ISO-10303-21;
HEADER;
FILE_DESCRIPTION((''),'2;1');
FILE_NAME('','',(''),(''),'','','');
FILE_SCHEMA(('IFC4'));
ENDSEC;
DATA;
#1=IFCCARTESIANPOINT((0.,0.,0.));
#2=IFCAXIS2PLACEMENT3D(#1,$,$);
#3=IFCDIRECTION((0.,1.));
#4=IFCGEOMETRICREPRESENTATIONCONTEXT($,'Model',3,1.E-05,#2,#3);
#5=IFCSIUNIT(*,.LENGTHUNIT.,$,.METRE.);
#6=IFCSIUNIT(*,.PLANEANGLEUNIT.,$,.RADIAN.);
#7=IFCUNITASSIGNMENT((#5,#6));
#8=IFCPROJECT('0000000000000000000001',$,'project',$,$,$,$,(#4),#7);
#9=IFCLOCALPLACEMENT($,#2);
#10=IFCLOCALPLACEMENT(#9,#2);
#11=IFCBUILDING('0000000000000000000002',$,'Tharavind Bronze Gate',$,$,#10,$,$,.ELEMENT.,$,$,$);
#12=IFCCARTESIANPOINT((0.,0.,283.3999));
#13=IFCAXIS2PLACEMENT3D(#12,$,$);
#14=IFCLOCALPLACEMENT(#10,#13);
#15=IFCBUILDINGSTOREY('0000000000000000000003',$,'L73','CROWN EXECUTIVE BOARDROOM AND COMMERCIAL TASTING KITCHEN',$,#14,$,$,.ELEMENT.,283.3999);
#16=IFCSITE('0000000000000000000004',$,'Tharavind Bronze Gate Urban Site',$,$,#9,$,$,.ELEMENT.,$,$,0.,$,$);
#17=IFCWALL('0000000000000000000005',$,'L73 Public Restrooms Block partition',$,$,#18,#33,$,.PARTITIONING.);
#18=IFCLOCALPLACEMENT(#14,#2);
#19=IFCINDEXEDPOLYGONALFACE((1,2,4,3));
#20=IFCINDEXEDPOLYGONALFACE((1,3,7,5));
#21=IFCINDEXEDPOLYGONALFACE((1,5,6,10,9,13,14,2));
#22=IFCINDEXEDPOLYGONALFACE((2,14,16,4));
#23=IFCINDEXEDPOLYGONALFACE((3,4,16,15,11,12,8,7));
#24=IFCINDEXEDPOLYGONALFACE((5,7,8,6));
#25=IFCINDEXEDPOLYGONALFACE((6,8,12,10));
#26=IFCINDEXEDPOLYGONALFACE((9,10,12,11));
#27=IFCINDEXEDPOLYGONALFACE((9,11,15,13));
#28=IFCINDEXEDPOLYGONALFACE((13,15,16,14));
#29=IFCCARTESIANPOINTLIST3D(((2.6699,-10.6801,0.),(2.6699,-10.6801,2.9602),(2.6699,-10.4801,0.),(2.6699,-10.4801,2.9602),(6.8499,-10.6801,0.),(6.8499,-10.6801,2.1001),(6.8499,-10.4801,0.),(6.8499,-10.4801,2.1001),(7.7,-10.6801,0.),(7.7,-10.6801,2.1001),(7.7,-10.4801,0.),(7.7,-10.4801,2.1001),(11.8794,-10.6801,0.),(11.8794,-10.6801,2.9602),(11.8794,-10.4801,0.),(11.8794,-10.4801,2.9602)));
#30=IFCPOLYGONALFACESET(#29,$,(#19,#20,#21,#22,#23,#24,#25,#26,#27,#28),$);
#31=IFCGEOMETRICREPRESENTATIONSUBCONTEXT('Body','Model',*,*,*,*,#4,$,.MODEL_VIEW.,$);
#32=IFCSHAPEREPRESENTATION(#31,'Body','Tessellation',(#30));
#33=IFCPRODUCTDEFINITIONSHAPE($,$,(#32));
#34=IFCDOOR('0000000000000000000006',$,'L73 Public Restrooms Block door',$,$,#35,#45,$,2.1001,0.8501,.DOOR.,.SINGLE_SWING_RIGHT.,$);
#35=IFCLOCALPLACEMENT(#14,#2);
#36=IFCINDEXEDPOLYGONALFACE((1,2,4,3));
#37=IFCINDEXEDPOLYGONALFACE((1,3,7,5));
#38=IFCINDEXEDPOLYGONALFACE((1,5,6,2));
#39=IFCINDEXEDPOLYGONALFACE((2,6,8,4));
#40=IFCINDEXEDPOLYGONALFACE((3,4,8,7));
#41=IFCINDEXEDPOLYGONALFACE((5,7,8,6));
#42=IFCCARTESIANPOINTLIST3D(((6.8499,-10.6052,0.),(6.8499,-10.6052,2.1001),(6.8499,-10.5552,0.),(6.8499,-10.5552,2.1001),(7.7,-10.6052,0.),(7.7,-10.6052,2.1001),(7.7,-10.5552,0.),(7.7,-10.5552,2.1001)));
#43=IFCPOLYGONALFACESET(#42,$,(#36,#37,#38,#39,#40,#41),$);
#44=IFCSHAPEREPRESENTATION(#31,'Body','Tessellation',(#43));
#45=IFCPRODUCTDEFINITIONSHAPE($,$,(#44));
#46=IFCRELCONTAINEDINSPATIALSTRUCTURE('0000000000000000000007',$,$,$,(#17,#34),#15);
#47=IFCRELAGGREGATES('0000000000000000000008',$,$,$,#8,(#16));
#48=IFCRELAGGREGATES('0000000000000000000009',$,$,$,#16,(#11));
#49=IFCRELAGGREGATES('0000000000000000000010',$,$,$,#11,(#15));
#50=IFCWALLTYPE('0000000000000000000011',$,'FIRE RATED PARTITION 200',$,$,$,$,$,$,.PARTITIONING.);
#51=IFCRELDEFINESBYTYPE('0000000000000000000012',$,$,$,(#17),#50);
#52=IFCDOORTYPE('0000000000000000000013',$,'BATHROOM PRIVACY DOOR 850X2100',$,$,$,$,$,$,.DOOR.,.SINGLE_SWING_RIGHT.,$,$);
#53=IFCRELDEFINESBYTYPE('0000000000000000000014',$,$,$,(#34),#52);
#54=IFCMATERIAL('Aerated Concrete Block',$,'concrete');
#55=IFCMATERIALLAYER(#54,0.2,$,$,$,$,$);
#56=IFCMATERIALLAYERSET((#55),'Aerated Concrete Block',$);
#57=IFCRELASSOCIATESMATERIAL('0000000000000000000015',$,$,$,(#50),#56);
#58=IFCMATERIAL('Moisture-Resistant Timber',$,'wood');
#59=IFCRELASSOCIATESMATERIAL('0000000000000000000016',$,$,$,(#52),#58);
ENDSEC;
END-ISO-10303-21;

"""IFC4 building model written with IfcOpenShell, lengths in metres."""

from ifc_helpers import new_model, si_unit, direction, frame, frame_2d, origin, place, context, subcontext, project, spatial, rectangle, extrude, material, layer, layer_set, type_object, element, fill, save


model = new_model("IFC4")

# Units and contexts
model_context = context("Model", 3, precision=1e-05, world=origin(), true_north=direction((0.0, 1.0)))
body_context = subcontext(model_context, "Body", "Model", "MODEL_VIEW")
ifc_project = project(units=[si_unit("LENGTHUNIT", "METRE"), si_unit("PLANEANGLEUNIT", "RADIAN")], contexts=[model_context])

# Site, building, storey
site_placement = place(None, origin())
site = spatial("IfcSite", under=ifc_project, at=site_placement, Name="Tharavind Bronze Gate Urban Site", CompositionType="ELEMENT", RefElevation=0.0)
building_placement = place(site_placement, origin())
building = spatial("IfcBuilding", under=site, at=building_placement, Name="Tharavind Bronze Gate", CompositionType="ELEMENT")
storey_placement = place(building_placement, frame((0.0, 0.0, 283.3999)))
storey = spatial("IfcBuildingStorey", under=building, at=storey_placement, Name="L73", Description="CROWN EXECUTIVE BOARDROOM AND COMMERCIAL TASTING KITCHEN", CompositionType="ELEMENT", Elevation=283.3999)

# Shared definitions
ifc_material_1 = material(Name="Aerated Concrete Block", Category="concrete")
ifc_layer_1 = layer(ifc_material_1, 0.2)
ifc_layer_set_1 = layer_set([ifc_layer_1], Name="Aerated Concrete Block")
wall_type_1 = type_object("IfcWallType", Name="FIRE RATED PARTITION 200", PredefinedType="PARTITIONING", material=ifc_layer_set_1)

# Wall, opening, door
wall_1_placement = place(storey_placement, frame((2.6699, -10.5801, 0.0), z_axis=(0.0, 0.0, 1.0), x_axis=(1.0, 0.0, 0.0)))
wall_1 = element("IfcWall", 1, at=wall_1_placement, inside=storey, type_object=wall_type_1, Name="L73 Public Restrooms Block partition", PredefinedType="PARTITIONING", context=body_context, shape_type="SweptSolid", body=[
    extrude(rectangle(XDim=9.2095, YDim=0.2, at=frame_2d((4.6047, 0.0))), origin(), (0.0, 0.0, 1.0), 2.9602),
])
opening_placement = place(wall_1_placement, frame((4.1799, 0.0, 0.0)))
opening = element("IfcOpeningElement", 2, at=opening_placement, cuts=wall_1, PredefinedType="OPENING", context=body_context, shape_type="SweptSolid", body=[
    extrude(rectangle(XDim=0.8501, YDim=2.1001, at=frame_2d((0.425, 1.05))), frame((0.0, 0.1101, 0.0), z_axis=(0.0, -1.0, 0.0), x_axis=(1.0, 0.0, 0.0)), (0.0, 0.0, 1.0), 0.22),
])
ifc_material_2 = material(Name="Moisture-Resistant Timber", Category="wood")
door_type = type_object("IfcDoorType", Name="BATHROOM PRIVACY DOOR 850X2100", OperationType="SINGLE_SWING_RIGHT", PredefinedType="DOOR", material=ifc_material_2)
door_placement = place(opening_placement, origin())
door = element("IfcDoor", 3, at=door_placement, inside=storey, type_object=door_type, Name="L73 Public Restrooms Block door", OperationType="SINGLE_SWING_RIGHT", OverallHeight=2.1001, OverallWidth=0.8501, PredefinedType="DOOR", context=body_context, shape_type="SweptSolid", body=[
    extrude(rectangle(XDim=0.8501, YDim=2.1001, at=frame_2d((0.425, 1.05))), frame((0.0, 0.0249, 0.0), z_axis=(0.0, -1.0, 0.0), x_axis=(1.0, 0.0, 0.0)), (0.0, 0.0, 1.0), 0.05),
])
fill(opening, door)

save(model, "model.ifc")
